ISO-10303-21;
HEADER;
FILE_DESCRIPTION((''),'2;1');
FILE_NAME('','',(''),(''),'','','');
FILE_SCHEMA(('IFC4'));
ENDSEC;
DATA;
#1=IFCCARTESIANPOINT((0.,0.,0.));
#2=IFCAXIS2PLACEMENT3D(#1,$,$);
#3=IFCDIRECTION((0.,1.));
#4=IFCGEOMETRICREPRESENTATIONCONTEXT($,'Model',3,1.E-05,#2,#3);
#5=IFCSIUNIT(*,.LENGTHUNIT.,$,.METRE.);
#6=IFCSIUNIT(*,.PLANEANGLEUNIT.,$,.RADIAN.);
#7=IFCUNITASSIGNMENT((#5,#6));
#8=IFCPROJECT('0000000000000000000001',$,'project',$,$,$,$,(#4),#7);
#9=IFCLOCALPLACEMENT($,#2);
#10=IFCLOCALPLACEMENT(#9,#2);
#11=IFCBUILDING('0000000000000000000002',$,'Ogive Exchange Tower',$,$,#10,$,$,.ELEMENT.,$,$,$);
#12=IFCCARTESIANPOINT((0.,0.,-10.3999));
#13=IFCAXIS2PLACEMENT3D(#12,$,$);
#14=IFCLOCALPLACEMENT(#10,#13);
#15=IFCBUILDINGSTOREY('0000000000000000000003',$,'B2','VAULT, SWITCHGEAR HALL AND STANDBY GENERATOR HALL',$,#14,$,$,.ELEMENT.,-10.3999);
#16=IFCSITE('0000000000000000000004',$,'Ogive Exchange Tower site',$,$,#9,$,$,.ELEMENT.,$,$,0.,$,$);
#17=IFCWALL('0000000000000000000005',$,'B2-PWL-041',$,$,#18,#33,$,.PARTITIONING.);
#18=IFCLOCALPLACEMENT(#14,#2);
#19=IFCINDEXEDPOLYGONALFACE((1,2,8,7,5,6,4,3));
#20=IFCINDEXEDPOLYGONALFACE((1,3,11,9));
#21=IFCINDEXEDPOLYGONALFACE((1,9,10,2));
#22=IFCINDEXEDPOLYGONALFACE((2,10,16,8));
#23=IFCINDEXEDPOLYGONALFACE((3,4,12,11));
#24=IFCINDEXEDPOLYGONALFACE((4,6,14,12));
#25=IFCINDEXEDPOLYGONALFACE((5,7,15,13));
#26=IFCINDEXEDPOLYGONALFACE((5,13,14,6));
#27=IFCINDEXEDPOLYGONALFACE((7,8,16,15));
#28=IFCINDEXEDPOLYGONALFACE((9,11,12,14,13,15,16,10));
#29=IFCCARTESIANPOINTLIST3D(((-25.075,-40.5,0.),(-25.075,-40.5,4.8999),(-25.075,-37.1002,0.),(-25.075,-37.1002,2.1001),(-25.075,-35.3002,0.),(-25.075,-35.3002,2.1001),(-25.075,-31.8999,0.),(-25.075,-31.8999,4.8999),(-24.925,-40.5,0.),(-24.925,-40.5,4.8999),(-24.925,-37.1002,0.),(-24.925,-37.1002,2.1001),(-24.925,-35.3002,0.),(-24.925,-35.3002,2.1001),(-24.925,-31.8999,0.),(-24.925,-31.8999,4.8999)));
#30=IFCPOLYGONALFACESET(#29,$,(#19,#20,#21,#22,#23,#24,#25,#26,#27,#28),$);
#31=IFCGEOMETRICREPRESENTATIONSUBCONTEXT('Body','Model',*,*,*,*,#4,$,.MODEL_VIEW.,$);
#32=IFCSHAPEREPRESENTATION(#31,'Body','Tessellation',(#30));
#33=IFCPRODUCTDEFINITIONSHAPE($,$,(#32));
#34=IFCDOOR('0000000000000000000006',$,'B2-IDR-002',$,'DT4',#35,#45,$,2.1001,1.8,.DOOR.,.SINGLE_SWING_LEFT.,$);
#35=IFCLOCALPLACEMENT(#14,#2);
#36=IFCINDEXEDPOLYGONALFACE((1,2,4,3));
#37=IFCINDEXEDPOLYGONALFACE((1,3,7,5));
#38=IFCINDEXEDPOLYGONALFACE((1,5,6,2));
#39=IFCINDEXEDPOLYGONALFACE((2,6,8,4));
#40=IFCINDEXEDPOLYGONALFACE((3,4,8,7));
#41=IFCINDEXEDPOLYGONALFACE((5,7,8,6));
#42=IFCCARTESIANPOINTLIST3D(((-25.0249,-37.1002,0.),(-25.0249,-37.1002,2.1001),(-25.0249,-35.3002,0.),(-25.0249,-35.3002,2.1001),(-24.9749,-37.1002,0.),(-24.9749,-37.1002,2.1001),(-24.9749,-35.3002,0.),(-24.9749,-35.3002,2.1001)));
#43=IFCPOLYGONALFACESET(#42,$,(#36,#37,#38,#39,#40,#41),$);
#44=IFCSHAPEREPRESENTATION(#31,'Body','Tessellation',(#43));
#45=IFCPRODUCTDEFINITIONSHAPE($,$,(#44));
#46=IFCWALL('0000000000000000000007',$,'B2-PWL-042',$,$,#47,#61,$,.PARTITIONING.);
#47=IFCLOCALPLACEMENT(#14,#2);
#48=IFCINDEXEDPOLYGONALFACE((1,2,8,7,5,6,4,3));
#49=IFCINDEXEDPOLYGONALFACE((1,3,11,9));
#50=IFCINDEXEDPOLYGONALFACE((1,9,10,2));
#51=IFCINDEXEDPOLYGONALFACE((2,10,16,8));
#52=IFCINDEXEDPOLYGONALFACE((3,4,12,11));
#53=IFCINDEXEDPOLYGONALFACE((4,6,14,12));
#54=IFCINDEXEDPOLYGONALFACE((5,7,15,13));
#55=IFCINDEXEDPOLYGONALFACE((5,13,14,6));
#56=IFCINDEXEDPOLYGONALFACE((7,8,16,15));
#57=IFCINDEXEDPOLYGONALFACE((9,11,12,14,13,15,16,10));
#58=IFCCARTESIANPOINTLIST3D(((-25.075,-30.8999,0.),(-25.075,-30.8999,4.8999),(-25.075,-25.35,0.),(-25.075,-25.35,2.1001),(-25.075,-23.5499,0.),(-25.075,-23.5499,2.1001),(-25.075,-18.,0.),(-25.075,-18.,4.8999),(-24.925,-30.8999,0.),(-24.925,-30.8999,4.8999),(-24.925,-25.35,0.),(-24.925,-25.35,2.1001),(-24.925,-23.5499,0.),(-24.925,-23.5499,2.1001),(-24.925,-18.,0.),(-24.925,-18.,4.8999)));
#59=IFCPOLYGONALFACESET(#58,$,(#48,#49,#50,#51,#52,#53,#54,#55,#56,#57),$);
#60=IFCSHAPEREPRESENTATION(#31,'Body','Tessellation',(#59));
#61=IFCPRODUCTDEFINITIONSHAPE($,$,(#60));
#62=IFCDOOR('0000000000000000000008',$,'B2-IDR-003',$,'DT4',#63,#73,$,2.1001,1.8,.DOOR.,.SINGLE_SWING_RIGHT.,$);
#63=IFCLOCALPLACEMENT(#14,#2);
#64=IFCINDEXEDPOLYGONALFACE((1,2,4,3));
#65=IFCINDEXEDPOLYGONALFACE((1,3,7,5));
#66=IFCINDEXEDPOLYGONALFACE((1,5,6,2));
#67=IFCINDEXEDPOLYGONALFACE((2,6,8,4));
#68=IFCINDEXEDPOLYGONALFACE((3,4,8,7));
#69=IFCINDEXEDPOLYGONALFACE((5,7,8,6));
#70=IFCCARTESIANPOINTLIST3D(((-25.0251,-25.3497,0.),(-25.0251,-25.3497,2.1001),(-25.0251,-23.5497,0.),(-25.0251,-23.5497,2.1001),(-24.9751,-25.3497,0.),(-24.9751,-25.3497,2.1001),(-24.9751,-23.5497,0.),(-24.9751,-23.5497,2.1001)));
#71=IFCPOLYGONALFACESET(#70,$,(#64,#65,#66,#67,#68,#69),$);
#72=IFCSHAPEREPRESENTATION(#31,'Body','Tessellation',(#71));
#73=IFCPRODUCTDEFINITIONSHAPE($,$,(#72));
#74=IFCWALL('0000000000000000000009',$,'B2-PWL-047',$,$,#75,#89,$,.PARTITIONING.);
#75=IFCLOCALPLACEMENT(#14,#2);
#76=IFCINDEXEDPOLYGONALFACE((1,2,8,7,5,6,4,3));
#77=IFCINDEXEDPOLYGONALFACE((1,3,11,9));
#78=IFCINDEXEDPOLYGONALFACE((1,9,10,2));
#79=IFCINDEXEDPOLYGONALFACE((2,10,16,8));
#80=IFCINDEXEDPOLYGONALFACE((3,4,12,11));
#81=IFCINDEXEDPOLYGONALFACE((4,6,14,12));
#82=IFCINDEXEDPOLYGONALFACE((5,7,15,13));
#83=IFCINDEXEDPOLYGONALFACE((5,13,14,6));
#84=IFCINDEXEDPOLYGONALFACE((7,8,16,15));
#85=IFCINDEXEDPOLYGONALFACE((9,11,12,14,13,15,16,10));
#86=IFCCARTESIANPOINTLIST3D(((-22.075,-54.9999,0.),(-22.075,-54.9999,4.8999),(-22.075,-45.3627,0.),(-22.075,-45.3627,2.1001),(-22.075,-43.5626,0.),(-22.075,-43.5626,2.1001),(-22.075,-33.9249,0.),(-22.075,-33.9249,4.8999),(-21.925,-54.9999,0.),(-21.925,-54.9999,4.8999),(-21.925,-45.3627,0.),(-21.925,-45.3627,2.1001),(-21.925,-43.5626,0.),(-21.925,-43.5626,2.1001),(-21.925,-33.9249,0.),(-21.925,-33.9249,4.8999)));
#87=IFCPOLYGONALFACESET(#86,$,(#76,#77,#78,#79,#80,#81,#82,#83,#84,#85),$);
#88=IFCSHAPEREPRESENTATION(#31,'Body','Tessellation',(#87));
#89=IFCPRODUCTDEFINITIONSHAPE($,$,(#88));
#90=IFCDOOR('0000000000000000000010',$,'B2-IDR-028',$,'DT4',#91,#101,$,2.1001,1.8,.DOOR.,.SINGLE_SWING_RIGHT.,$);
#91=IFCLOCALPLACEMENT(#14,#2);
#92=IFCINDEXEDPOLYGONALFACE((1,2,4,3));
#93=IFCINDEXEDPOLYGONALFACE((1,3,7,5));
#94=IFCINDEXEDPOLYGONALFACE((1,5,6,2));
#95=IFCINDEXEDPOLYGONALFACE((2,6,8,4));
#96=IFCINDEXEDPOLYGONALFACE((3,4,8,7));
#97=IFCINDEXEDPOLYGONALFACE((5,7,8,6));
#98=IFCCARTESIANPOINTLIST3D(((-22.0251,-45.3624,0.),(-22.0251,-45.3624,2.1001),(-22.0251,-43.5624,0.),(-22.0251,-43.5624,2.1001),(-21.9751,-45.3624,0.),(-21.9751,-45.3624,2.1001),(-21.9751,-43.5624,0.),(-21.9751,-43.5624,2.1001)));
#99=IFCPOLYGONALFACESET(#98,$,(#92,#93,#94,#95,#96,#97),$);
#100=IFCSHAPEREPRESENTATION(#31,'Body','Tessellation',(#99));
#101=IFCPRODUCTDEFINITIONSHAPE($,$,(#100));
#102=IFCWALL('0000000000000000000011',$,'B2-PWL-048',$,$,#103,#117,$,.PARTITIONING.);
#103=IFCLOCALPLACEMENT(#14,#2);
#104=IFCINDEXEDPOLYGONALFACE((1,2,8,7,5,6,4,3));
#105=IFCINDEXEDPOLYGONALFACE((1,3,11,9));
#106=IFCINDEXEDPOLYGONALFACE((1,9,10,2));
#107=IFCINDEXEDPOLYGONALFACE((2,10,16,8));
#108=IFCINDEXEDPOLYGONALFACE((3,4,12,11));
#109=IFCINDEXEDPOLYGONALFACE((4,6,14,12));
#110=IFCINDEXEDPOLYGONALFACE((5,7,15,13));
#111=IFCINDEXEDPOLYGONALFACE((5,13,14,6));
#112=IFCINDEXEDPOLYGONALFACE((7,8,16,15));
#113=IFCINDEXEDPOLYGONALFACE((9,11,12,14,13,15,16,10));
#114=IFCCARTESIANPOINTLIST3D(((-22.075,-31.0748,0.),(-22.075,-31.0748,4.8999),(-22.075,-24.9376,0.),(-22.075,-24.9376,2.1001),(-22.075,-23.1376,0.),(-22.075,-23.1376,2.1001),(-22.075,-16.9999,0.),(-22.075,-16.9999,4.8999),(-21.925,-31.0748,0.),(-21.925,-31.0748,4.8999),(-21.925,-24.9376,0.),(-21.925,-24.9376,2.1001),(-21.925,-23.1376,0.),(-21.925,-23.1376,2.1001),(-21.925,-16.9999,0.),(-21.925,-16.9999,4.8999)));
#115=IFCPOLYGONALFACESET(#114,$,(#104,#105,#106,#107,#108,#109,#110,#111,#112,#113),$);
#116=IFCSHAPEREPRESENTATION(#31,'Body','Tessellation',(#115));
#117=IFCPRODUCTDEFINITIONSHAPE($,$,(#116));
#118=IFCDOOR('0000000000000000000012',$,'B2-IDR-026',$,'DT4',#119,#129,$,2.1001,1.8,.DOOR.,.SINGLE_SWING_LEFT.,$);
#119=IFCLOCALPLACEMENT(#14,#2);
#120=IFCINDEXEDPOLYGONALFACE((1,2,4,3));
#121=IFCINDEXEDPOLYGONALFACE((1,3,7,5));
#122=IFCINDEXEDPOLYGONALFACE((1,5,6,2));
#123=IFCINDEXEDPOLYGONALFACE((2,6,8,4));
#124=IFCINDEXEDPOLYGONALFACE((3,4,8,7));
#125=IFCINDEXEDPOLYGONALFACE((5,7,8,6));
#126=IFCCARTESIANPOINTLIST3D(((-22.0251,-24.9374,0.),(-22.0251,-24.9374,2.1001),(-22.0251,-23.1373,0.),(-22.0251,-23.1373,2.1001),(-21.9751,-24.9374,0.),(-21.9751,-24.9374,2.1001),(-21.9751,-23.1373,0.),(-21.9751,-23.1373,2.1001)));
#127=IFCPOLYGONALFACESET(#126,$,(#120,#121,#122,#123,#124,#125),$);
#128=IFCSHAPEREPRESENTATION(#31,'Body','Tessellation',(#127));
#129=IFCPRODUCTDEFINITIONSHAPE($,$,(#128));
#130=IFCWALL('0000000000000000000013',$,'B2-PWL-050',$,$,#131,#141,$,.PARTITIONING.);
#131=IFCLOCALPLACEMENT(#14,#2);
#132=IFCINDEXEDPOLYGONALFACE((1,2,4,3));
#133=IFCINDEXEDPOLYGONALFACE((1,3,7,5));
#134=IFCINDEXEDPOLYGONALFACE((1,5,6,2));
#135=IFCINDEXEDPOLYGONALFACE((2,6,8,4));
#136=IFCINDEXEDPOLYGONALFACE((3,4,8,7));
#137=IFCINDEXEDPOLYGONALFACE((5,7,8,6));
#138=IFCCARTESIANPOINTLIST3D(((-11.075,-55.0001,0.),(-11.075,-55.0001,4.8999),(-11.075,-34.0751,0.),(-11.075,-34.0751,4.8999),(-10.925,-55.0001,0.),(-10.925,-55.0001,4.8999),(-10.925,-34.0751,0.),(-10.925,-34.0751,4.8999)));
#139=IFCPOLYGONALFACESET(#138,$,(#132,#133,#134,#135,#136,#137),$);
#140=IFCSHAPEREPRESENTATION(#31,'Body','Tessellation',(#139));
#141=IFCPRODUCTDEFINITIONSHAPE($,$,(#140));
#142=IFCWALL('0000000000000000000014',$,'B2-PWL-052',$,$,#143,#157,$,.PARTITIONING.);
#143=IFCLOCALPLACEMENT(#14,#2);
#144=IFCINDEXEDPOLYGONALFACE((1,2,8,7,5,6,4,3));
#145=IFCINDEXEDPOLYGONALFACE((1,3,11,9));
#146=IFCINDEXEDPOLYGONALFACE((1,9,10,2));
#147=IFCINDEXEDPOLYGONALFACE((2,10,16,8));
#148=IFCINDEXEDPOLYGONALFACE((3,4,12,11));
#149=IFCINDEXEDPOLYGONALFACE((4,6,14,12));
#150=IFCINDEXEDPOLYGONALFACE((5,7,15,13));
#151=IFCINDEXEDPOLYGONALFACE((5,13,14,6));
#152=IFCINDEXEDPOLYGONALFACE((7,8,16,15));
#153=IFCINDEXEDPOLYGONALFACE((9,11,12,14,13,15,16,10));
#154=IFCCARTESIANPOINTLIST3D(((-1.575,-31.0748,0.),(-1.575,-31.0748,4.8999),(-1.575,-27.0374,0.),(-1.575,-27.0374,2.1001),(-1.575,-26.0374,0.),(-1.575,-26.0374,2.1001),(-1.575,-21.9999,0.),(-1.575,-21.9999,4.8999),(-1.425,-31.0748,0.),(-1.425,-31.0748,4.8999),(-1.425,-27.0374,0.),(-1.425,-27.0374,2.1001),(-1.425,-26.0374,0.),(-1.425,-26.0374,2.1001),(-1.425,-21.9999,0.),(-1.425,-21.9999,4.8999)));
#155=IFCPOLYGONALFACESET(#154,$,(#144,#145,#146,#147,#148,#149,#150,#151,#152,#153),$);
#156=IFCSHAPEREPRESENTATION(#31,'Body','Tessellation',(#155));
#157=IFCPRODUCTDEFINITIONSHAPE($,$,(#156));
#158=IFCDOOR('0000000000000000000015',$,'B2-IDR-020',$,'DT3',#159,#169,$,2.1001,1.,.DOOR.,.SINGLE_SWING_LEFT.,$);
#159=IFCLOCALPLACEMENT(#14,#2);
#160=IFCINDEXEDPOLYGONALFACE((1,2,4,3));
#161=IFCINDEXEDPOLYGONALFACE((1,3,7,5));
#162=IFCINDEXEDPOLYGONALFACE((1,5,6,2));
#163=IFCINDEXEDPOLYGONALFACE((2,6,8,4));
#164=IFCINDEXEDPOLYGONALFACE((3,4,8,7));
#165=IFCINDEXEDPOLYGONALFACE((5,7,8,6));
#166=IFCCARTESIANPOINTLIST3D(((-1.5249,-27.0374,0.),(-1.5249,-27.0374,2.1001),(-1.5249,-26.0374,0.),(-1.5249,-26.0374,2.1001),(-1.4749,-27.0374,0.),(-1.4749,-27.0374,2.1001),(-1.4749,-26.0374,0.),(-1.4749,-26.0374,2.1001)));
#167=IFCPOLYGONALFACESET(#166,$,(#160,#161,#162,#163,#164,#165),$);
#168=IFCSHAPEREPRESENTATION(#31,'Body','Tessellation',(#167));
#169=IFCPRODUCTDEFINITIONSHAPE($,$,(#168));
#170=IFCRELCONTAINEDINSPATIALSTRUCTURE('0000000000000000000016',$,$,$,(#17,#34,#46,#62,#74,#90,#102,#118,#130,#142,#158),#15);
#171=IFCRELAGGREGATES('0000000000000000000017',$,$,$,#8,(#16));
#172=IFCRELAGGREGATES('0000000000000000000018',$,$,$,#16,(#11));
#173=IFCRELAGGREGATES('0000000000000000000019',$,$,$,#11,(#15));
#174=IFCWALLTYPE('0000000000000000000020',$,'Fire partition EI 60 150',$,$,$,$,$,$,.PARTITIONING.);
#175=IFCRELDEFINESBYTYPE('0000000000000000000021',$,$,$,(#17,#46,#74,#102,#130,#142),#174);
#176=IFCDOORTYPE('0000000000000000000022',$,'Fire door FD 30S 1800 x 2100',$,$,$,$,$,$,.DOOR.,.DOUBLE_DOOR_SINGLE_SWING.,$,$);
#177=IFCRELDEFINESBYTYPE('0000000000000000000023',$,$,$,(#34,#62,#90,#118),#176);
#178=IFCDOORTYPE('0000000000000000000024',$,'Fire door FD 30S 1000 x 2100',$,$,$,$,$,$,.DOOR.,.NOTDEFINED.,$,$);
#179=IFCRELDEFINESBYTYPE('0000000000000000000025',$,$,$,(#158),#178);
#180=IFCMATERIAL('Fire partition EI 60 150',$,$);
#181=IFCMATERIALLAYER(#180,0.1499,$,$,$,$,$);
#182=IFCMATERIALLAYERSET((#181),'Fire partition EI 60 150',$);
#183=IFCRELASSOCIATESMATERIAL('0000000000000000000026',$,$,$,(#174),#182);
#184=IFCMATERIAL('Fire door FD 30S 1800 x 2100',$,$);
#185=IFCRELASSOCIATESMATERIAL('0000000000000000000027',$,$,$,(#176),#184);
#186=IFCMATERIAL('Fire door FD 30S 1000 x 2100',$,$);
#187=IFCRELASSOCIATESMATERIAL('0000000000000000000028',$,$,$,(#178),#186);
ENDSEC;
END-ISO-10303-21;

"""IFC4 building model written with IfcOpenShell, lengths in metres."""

from ifc_helpers import new_model, si_unit, direction, frame, frame_2d, origin, place, context, subcontext, project, spatial, rectangle, extrude, material, layer, layer_set, type_object, element, fill, save


model = new_model("IFC4")

# Units and contexts
model_context = context("Model", 3, precision=1e-05, world=origin(), true_north=direction((0.0, 1.0)))
body_context = subcontext(model_context, "Body", "Model", "MODEL_VIEW")
ifc_project = project(units=[si_unit("LENGTHUNIT", "METRE"), si_unit("PLANEANGLEUNIT", "RADIAN")], contexts=[model_context])

# Site, building, storey
site_placement = place(None, origin())
site = spatial("IfcSite", under=ifc_project, at=site_placement, Name="Ogive Exchange Tower site", CompositionType="ELEMENT", RefElevation=0.0)
building_placement = place(site_placement, origin())
building = spatial("IfcBuilding", under=site, at=building_placement, Name="Ogive Exchange Tower", CompositionType="ELEMENT")
storey_placement = place(building_placement, frame((0.0, 0.0, -10.3999)))
storey = spatial("IfcBuildingStorey", under=building, at=storey_placement, Name="B2", Description="VAULT, SWITCHGEAR HALL AND STANDBY GENERATOR HALL", CompositionType="ELEMENT", Elevation=-10.3999)

# Shared definitions
ifc_material_1 = material(Name="Fire partition EI 60 150")
ifc_layer_1 = layer(ifc_material_1, 0.1499)
ifc_layer_set_1 = layer_set([ifc_layer_1], Name="Fire partition EI 60 150")
wall_type_1 = type_object("IfcWallType", Name="Fire partition EI 60 150", PredefinedType="PARTITIONING", material=ifc_layer_set_1)

# Shared definitions
ifc_material_2 = material(Name="Fire door FD 30S 1800 x 2100")
door_type_1 = type_object("IfcDoorType", Name="Fire door FD 30S 1800 x 2100", OperationType="DOUBLE_DOOR_SINGLE_SWING", PredefinedType="DOOR", material=ifc_material_2)

# Walls, openings, doors
wall_1_placement = place(storey_placement, frame((-25.0, -40.5, 0.0), z_axis=(0.0, 0.0, 1.0), x_axis=(0.0, 1.0, 0.0)))
wall_1 = element("IfcWall", 1, at=wall_1_placement, inside=storey, type_object=wall_type_1, Name="B2-PWL-041", PredefinedType="PARTITIONING", context=body_context, shape_type="SweptSolid", body=[
    extrude(rectangle(XDim=8.6001, YDim=0.1499, at=frame_2d((4.3, 0.0))), origin(), (0.0, 0.0, 1.0), 4.8999),
])
opening_1_placement = place(wall_1_placement, frame((3.3999, 0.0, 0.0)))
opening_1 = element("IfcOpeningElement", 2, at=opening_1_placement, cuts=wall_1, PredefinedType="OPENING", context=body_context, shape_type="SweptSolid", body=[
    extrude(rectangle(XDim=1.8, YDim=2.1001, at=frame_2d((0.8999, 1.05))), frame((0.0, 0.085, 0.0), z_axis=(0.0, -1.0, 0.0), x_axis=(1.0, 0.0, 0.0)), (0.0, 0.0, 1.0), 0.1699),
])
door_1_placement = place(opening_1_placement, origin())
door_1 = element("IfcDoor", 3, at=door_1_placement, inside=storey, type_object=door_type_1, Name="B2-IDR-002", ObjectType="DT4", OperationType="SINGLE_SWING_LEFT", OverallHeight=2.1001, OverallWidth=1.8, PredefinedType="DOOR", context=body_context, shape_type="SweptSolid", body=[
    extrude(rectangle(XDim=1.8, YDim=2.1001, at=frame_2d((0.8999, 1.05))), frame((0.0, 0.0249, 0.0), z_axis=(0.0, -1.0, 0.0), x_axis=(1.0, 0.0, 0.0)), (0.0, 0.0, 1.0), 0.05),
])
fill(opening_1, door_1)
wall_2_placement = place(storey_placement, frame((-25.0, -30.8999, 0.0), z_axis=(0.0, 0.0, 1.0), x_axis=(0.0, 1.0, 0.0)))
wall_2 = element("IfcWall", 4, at=wall_2_placement, inside=storey, type_object=wall_type_1, Name="B2-PWL-042", PredefinedType="PARTITIONING", context=body_context, shape_type="SweptSolid", body=[
    extrude(rectangle(XDim=12.8999, YDim=0.1499, at=frame_2d((6.45, 0.0))), origin(), (0.0, 0.0, 1.0), 4.8999),
])
opening_2_placement = place(wall_2_placement, frame((5.55, 0.0, 0.0)))
opening_2 = element("IfcOpeningElement", 5, at=opening_2_placement, cuts=wall_2, PredefinedType="OPENING", context=body_context, shape_type="SweptSolid", body=[
    extrude(rectangle(XDim=1.8, YDim=2.1001, at=frame_2d((0.8999, 1.05))), frame((0.0, 0.085, 0.0), z_axis=(0.0, -1.0, 0.0), x_axis=(1.0, 0.0, 0.0)), (0.0, 0.0, 1.0), 0.1699),
])
door_2_placement = place(opening_2_placement, frame((1.8, 0.0, 0.0), z_axis=(0.0, 0.0, 1.0), x_axis=(-1.0, 0.0, 0.0)))
door_2 = element("IfcDoor", 6, at=door_2_placement, inside=storey, type_object=door_type_1, Name="B2-IDR-003", ObjectType="DT4", OperationType="SINGLE_SWING_RIGHT", OverallHeight=2.1001, OverallWidth=1.8, PredefinedType="DOOR", context=body_context, shape_type="SweptSolid", body=[
    extrude(rectangle(XDim=1.8, YDim=2.1001, at=frame_2d((0.8999, 1.05))), frame((0.0, 0.0249, 0.0), z_axis=(0.0, -1.0, 0.0), x_axis=(1.0, 0.0, 0.0)), (0.0, 0.0, 1.0), 0.05),
])
fill(opening_2, door_2)
wall_3_placement = place(storey_placement, frame((-22.0, -55.0, 0.0), z_axis=(0.0, 0.0, 1.0), x_axis=(0.0, 1.0, 0.0)))
wall_3 = element("IfcWall", 7, at=wall_3_placement, inside=storey, type_object=wall_type_1, Name="B2-PWL-047", PredefinedType="PARTITIONING", context=body_context, shape_type="SweptSolid", body=[
    extrude(rectangle(XDim=21.075, YDim=0.1499, at=frame_2d((10.5376, 0.0))), origin(), (0.0, 0.0, 1.0), 4.8999),
])
opening_3_placement = place(wall_3_placement, frame((9.6375, 0.0, 0.0)))
opening_3 = element("IfcOpeningElement", 8, at=opening_3_placement, cuts=wall_3, PredefinedType="OPENING", context=body_context, shape_type="SweptSolid", body=[
    extrude(rectangle(XDim=1.8, YDim=2.1001, at=frame_2d((0.8999, 1.05))), frame((0.0, 0.085, 0.0), z_axis=(0.0, -1.0, 0.0), x_axis=(1.0, 0.0, 0.0)), (0.0, 0.0, 1.0), 0.1699),
])
door_3_placement = place(opening_3_placement, frame((1.8, 0.0, 0.0), z_axis=(0.0, 0.0, 1.0), x_axis=(-1.0, 0.0, 0.0)))
door_3 = element("IfcDoor", 9, at=door_3_placement, inside=storey, type_object=door_type_1, Name="B2-IDR-028", ObjectType="DT4", OperationType="SINGLE_SWING_RIGHT", OverallHeight=2.1001, OverallWidth=1.8, PredefinedType="DOOR", context=body_context, shape_type="SweptSolid", body=[
    extrude(rectangle(XDim=1.8, YDim=2.1001, at=frame_2d((0.8999, 1.05))), frame((0.0, 0.0249, 0.0), z_axis=(0.0, -1.0, 0.0), x_axis=(1.0, 0.0, 0.0)), (0.0, 0.0, 1.0), 0.05),
])
fill(opening_3, door_3)
wall_4_placement = place(storey_placement, frame((-22.0, -31.075, 0.0), z_axis=(0.0, 0.0, 1.0), x_axis=(0.0, 1.0, 0.0)))
wall_4 = element("IfcWall", 10, at=wall_4_placement, inside=storey, type_object=wall_type_1, Name="B2-PWL-048", PredefinedType="PARTITIONING", context=body_context, shape_type="SweptSolid", body=[
    extrude(rectangle(XDim=14.075, YDim=0.1499, at=frame_2d((7.0376, 0.0))), origin(), (0.0, 0.0, 1.0), 4.8999),
])
opening_4_placement = place(wall_4_placement, frame((6.1375, 0.0, 0.0)))
opening_4 = element("IfcOpeningElement", 11, at=opening_4_placement, cuts=wall_4, PredefinedType="OPENING", context=body_context, shape_type="SweptSolid", body=[
    extrude(rectangle(XDim=1.8, YDim=2.1001, at=frame_2d((0.8999, 1.05))), frame((0.0, 0.085, 0.0), z_axis=(0.0, -1.0, 0.0), x_axis=(1.0, 0.0, 0.0)), (0.0, 0.0, 1.0), 0.1699),
])
door_4_placement = place(opening_4_placement, frame((1.8, 0.0, 0.0), z_axis=(0.0, 0.0, 1.0), x_axis=(-1.0, 0.0, 0.0)))
door_4 = element("IfcDoor", 12, at=door_4_placement, inside=storey, type_object=door_type_1, Name="B2-IDR-026", ObjectType="DT4", OperationType="SINGLE_SWING_LEFT", OverallHeight=2.1001, OverallWidth=1.8, PredefinedType="DOOR", context=body_context, shape_type="SweptSolid", body=[
    extrude(rectangle(XDim=1.8, YDim=2.1001, at=frame_2d((0.8999, 1.05))), frame((0.0, 0.0249, 0.0), z_axis=(0.0, -1.0, 0.0), x_axis=(1.0, 0.0, 0.0)), (0.0, 0.0, 1.0), 0.05),
])
fill(opening_4, door_4)

# Wall
wall_5_placement = place(storey_placement, frame((-11.0, -55.0, 0.0), z_axis=(0.0, 0.0, 1.0), x_axis=(0.0, 1.0, 0.0)))
element("IfcWall", 13, at=wall_5_placement, inside=storey, type_object=wall_type_1, Name="B2-PWL-050", PredefinedType="PARTITIONING", context=body_context, shape_type="SweptSolid", body=[
    extrude(rectangle(XDim=20.925, YDim=0.1499, at=frame_2d((10.4624, 0.0))), origin(), (0.0, 0.0, 1.0), 4.8999),
])

# Wall, opening, door
wall_6_placement = place(storey_placement, frame((-1.5, -31.075, 0.0), z_axis=(0.0, 0.0, 1.0), x_axis=(0.0, 1.0, 0.0)))
wall_6 = element("IfcWall", 14, at=wall_6_placement, inside=storey, type_object=wall_type_1, Name="B2-PWL-052", PredefinedType="PARTITIONING", context=body_context, shape_type="SweptSolid", body=[
    extrude(rectangle(XDim=9.075, YDim=0.1499, at=frame_2d((4.5376, 0.0))), origin(), (0.0, 0.0, 1.0), 4.8999),
])
opening_5_placement = place(wall_6_placement, frame((4.0376, 0.0, 0.0)))
opening_5 = element("IfcOpeningElement", 15, at=opening_5_placement, cuts=wall_6, PredefinedType="OPENING", context=body_context, shape_type="SweptSolid", body=[
    extrude(rectangle(XDim=1.0, YDim=2.1001, at=frame_2d((0.5, 1.05))), frame((0.0, 0.085, 0.0), z_axis=(0.0, -1.0, 0.0), x_axis=(1.0, 0.0, 0.0)), (0.0, 0.0, 1.0), 0.1699),
])
ifc_material_3 = material(Name="Fire door FD 30S 1000 x 2100")
door_type_2 = type_object("IfcDoorType", Name="Fire door FD 30S 1000 x 2100", OperationType="NOTDEFINED", PredefinedType="DOOR", material=ifc_material_3)
door_5_placement = place(opening_5_placement, origin())
door_5 = element("IfcDoor", 16, at=door_5_placement, inside=storey, type_object=door_type_2, Name="B2-IDR-020", ObjectType="DT3", OperationType="SINGLE_SWING_LEFT", OverallHeight=2.1001, OverallWidth=1.0, PredefinedType="DOOR", context=body_context, shape_type="SweptSolid", body=[
    extrude(rectangle(XDim=1.0, YDim=2.1001, at=frame_2d((0.5, 1.05))), frame((0.0, 0.0249, 0.0), z_axis=(0.0, -1.0, 0.0), x_axis=(1.0, 0.0, 0.0)), (0.0, 0.0, 1.0), 0.05),
])
fill(opening_5, door_5)

save(model, "model.ifc")
